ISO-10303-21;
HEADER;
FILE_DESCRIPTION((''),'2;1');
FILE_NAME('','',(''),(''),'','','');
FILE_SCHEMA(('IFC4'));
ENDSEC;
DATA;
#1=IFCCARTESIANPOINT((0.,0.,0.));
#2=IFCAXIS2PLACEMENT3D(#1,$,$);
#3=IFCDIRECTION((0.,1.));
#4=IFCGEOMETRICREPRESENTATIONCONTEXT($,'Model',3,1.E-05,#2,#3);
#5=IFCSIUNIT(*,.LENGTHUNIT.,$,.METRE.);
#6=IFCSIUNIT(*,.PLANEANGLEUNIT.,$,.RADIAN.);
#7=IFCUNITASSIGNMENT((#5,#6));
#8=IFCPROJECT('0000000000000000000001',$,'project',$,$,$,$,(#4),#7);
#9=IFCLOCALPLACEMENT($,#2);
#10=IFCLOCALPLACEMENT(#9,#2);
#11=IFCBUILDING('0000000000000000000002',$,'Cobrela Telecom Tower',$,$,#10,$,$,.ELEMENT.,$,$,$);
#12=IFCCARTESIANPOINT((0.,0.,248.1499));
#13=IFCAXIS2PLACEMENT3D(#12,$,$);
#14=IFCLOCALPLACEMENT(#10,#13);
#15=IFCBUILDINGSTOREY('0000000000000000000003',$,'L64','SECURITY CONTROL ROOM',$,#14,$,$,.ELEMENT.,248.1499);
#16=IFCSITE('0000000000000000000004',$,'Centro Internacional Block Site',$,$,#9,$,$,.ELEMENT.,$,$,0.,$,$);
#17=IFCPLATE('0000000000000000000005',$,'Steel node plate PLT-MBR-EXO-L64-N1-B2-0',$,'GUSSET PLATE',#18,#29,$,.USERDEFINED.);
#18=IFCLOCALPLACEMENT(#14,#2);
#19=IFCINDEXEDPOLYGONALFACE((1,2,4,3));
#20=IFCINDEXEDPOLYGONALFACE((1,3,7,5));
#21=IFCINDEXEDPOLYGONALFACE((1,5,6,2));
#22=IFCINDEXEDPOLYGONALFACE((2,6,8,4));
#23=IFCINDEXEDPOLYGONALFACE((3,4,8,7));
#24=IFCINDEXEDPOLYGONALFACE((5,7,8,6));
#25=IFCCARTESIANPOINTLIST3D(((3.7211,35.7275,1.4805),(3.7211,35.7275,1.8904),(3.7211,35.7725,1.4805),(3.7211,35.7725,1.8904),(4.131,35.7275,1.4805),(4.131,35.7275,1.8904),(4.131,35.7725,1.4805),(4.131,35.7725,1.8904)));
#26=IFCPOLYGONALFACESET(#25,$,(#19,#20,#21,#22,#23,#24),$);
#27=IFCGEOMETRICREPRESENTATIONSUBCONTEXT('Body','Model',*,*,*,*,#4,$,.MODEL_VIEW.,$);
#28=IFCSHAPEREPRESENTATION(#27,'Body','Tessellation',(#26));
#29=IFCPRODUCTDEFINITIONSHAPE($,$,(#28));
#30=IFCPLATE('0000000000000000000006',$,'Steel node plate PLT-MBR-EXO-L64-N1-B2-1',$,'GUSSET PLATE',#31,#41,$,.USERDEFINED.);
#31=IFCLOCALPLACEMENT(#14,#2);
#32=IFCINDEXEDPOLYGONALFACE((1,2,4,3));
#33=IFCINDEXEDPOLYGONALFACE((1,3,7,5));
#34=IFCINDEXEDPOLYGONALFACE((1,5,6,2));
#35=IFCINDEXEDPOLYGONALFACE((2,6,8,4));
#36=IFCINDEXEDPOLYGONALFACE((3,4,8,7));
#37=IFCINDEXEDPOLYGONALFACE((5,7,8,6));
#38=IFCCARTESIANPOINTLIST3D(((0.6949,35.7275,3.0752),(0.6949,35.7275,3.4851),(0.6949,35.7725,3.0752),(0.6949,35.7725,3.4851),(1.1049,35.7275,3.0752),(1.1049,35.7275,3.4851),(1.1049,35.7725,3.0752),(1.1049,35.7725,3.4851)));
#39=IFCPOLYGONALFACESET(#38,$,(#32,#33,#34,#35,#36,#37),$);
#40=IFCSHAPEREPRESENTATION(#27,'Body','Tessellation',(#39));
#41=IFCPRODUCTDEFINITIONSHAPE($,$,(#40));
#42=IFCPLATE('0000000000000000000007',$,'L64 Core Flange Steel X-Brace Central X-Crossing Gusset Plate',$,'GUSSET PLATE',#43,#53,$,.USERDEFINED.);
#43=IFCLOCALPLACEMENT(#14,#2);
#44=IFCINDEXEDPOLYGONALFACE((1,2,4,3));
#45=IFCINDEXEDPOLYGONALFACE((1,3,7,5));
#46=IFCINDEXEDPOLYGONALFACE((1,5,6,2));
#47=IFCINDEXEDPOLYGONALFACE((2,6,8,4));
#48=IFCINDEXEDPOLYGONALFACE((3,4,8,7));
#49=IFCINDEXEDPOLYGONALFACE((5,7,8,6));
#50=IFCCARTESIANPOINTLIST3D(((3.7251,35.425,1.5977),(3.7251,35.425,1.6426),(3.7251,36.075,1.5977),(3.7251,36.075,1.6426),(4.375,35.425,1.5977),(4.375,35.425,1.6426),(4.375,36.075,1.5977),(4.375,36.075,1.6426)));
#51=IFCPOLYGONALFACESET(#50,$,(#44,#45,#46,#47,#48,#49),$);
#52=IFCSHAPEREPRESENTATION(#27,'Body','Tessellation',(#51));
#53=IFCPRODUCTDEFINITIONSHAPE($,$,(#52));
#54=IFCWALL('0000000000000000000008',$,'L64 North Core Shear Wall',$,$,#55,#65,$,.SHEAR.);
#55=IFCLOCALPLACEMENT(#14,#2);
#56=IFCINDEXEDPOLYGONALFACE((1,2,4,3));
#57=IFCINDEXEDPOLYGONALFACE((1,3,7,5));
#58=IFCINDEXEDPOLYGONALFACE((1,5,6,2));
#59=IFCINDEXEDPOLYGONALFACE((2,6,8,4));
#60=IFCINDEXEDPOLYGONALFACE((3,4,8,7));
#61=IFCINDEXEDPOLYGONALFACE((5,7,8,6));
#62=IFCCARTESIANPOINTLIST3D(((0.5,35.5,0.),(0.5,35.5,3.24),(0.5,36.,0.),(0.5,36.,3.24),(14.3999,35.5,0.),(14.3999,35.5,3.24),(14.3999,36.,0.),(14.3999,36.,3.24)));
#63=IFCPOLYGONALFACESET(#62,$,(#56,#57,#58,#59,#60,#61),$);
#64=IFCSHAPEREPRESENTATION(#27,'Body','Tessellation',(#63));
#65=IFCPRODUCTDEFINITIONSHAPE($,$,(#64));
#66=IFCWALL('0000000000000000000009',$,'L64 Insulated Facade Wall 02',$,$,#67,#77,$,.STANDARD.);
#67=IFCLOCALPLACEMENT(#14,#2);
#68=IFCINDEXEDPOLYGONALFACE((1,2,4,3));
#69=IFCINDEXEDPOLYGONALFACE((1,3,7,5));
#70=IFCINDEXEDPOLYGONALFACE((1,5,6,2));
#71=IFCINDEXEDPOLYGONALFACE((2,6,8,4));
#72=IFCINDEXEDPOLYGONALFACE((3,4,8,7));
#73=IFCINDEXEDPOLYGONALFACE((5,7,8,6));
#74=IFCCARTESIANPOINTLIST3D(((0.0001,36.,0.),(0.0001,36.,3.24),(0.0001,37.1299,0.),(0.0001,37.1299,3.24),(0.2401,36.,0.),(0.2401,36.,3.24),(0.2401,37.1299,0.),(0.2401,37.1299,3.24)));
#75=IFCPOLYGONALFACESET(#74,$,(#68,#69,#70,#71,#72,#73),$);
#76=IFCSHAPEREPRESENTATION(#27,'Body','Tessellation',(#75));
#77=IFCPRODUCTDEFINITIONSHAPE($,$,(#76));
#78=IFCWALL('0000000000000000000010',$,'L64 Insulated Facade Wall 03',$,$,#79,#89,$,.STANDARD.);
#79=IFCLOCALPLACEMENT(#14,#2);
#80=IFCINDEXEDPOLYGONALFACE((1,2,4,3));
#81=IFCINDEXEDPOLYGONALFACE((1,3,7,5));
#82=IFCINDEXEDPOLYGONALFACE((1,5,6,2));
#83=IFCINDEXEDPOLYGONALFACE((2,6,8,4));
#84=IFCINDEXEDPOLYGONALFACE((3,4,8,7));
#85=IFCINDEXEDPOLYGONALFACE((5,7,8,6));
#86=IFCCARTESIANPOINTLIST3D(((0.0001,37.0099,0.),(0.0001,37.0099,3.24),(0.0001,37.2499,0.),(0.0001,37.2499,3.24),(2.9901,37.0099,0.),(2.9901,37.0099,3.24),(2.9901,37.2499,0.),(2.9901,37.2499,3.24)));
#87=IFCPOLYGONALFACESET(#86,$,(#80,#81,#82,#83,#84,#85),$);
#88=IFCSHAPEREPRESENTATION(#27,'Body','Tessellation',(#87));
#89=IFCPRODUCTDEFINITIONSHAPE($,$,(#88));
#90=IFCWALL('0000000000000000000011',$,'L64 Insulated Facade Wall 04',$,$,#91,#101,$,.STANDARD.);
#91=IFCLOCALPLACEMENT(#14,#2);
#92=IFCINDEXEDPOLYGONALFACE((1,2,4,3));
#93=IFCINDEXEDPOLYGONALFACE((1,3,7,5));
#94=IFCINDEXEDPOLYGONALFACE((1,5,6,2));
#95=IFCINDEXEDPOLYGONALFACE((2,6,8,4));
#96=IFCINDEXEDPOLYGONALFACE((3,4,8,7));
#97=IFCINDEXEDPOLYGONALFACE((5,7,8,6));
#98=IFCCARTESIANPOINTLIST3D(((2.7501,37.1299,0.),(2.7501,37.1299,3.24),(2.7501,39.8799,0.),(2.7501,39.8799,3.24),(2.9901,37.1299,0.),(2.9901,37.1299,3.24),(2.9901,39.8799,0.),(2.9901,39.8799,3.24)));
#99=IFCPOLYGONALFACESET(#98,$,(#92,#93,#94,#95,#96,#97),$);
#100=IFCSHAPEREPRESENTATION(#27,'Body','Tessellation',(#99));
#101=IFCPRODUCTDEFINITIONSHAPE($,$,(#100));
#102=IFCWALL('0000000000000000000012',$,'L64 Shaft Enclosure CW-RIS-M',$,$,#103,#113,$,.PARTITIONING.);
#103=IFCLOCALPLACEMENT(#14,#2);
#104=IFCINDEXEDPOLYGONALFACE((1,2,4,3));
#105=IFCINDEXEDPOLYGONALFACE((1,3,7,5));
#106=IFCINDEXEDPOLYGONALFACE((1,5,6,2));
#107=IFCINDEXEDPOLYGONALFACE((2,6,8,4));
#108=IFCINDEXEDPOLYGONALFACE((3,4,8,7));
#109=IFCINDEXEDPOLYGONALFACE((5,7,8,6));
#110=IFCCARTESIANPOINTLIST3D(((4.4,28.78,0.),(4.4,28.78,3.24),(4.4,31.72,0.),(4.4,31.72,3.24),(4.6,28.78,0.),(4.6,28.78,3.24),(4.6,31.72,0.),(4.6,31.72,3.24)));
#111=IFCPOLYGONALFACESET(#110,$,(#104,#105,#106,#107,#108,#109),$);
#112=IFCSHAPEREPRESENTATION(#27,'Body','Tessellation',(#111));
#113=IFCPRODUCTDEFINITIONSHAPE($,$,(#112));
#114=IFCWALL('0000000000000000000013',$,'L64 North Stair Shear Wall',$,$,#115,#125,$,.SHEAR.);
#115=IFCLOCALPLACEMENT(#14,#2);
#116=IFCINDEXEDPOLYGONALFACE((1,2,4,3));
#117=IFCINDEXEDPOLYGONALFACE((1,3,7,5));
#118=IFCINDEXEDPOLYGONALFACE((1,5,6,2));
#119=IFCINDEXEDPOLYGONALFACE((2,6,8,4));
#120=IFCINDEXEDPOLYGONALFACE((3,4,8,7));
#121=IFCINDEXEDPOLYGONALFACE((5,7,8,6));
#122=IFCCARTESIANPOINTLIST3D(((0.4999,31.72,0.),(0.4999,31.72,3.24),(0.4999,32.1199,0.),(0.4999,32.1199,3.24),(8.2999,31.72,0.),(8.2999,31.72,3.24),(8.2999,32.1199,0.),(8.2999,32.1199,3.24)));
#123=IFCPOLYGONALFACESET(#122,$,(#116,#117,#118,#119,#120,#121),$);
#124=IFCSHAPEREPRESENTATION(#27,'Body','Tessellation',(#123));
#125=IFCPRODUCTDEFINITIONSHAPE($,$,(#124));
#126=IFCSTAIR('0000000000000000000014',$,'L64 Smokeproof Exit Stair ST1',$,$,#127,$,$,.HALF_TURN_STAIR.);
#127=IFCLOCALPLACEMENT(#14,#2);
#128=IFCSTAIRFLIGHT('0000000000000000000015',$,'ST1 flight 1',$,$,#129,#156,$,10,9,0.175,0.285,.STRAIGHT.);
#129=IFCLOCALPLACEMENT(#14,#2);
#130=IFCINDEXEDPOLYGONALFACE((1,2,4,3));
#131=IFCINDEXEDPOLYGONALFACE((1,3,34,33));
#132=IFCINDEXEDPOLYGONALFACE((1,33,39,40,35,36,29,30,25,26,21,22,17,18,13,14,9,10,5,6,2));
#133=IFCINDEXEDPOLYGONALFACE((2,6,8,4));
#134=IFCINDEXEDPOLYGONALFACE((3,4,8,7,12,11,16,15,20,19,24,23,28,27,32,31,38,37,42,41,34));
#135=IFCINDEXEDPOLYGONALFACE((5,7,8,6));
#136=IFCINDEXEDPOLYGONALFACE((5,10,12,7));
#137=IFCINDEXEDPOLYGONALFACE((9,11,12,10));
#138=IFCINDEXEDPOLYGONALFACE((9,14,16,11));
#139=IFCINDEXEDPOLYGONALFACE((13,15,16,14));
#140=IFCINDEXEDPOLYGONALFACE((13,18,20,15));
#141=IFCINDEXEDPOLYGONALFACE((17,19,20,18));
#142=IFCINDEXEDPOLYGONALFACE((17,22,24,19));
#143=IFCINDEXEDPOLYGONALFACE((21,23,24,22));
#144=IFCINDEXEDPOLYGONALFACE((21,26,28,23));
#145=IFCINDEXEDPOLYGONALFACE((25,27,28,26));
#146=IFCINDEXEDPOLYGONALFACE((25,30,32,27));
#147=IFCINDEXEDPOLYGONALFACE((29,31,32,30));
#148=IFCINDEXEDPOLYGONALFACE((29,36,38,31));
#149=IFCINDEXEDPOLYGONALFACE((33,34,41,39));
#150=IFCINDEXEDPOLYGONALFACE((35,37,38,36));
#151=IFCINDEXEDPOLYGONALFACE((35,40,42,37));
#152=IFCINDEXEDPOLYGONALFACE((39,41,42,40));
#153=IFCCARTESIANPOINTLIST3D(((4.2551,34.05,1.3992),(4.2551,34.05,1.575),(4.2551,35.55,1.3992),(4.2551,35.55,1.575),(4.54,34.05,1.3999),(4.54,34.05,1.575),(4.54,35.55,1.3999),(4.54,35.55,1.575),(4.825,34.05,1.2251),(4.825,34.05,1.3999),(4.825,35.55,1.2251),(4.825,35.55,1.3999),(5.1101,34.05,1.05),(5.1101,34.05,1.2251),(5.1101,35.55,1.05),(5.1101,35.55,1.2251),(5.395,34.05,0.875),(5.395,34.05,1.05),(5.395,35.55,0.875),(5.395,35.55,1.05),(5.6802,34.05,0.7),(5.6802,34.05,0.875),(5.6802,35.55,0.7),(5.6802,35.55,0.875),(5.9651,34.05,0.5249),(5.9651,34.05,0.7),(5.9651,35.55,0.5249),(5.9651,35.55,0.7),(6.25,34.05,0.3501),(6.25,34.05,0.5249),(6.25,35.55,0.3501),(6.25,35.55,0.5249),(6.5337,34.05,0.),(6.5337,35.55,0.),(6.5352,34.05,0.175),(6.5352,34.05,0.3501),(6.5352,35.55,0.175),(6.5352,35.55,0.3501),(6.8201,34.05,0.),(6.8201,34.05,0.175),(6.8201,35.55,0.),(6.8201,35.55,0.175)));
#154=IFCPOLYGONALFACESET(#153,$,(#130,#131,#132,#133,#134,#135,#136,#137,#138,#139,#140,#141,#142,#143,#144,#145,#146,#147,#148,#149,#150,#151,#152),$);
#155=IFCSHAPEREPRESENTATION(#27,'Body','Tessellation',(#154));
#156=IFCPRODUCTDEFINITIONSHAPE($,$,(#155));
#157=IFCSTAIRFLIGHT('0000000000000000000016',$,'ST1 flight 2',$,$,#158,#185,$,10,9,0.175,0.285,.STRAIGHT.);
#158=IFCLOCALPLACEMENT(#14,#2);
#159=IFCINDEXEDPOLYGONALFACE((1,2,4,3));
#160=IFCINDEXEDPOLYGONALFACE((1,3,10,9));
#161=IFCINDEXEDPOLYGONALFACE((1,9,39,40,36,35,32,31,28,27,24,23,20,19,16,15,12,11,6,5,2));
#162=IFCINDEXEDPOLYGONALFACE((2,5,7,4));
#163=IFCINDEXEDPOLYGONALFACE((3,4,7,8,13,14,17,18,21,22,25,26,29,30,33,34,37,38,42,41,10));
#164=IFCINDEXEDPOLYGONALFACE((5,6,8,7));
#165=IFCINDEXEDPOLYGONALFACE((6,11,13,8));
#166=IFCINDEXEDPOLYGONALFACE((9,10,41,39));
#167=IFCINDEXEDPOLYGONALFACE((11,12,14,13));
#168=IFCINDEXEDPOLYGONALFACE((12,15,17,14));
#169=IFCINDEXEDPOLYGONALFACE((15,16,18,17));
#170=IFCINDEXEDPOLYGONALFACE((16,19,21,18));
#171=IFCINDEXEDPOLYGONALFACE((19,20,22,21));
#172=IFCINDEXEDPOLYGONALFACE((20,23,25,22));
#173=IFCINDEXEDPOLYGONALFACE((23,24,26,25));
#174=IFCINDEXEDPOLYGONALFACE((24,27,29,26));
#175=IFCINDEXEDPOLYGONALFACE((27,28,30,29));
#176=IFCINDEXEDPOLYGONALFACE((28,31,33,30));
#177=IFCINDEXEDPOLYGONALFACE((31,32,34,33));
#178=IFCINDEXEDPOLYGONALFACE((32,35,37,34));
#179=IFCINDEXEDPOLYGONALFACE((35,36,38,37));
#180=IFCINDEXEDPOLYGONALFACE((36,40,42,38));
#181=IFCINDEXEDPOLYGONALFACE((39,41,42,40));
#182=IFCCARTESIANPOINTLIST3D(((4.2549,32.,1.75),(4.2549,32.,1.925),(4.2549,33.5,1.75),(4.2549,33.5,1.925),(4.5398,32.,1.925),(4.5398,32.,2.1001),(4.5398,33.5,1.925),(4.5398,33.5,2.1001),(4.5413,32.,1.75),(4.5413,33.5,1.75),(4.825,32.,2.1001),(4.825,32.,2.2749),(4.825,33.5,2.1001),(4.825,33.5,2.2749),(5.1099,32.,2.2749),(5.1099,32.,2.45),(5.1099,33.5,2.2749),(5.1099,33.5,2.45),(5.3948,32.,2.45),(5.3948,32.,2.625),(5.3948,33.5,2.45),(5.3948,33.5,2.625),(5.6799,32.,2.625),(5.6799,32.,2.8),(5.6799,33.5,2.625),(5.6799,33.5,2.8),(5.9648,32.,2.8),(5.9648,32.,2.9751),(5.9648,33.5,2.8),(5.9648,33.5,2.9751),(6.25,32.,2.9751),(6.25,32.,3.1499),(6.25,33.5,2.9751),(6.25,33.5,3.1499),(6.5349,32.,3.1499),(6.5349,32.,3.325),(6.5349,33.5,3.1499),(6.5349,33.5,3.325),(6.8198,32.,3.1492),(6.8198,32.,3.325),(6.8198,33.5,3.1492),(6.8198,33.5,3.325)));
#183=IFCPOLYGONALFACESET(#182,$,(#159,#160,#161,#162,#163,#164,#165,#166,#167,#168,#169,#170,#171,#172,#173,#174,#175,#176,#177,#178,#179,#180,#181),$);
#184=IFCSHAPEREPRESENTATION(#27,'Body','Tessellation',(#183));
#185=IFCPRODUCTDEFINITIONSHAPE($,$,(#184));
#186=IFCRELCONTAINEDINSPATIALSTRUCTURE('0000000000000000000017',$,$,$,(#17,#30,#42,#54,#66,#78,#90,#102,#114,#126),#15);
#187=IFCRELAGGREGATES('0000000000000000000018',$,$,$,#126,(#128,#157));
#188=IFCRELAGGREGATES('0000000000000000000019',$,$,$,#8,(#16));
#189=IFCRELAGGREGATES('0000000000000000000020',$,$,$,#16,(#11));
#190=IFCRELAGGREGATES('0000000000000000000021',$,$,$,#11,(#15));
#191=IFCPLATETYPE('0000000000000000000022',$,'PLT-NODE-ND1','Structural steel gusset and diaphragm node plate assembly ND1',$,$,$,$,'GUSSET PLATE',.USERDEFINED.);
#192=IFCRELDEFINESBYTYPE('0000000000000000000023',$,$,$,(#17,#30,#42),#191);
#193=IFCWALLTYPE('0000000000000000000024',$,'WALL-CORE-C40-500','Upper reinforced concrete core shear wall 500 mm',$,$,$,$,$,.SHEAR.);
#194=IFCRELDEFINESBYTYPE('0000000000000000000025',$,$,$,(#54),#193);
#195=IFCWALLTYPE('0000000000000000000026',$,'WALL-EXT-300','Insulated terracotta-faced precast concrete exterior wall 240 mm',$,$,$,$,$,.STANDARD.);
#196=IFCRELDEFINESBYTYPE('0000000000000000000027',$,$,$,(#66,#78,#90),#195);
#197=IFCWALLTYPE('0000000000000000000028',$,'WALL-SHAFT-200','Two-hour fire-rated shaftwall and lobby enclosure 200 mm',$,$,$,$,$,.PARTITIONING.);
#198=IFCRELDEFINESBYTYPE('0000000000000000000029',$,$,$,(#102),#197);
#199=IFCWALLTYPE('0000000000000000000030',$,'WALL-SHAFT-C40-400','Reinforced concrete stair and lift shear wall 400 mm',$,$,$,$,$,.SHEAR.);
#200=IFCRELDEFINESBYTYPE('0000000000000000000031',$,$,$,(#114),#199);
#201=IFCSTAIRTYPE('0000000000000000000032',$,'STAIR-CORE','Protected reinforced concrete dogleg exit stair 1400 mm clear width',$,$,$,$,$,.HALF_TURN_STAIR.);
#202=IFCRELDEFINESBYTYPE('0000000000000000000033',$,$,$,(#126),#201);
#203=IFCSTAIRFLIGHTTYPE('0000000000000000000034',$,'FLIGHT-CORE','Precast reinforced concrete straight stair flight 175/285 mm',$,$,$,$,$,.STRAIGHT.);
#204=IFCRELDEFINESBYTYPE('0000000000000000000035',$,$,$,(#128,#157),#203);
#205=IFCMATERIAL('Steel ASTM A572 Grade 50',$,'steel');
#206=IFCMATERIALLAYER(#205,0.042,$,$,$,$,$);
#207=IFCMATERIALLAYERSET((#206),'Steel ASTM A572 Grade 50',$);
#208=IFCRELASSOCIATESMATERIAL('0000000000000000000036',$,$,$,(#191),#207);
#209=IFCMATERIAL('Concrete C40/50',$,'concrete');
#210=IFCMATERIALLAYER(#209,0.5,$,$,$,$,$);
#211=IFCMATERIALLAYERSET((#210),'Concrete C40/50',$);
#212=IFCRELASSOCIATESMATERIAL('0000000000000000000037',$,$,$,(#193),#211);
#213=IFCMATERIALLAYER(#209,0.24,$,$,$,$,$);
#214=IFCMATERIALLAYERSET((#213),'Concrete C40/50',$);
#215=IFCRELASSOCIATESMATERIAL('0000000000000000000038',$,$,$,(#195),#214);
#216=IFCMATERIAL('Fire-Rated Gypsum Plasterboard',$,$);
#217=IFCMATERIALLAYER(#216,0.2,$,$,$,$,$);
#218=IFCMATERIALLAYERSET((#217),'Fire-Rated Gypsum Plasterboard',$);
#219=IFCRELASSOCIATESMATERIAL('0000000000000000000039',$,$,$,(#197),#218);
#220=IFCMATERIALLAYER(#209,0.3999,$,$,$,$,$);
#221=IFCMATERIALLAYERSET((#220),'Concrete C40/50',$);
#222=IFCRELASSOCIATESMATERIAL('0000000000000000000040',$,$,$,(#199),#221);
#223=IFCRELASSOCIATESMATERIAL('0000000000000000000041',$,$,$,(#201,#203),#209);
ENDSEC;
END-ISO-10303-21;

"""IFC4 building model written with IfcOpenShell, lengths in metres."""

from ifc_helpers import new_model, si_unit, direction, frame, frame_2d, origin, origin_2d, place, context, subcontext, project, spatial, polyline, rectangle, outline, extrude, material, layer, layer_set, type_object, element, aggregate, save


model = new_model("IFC4")

# Units and contexts
model_context = context("Model", 3, precision=1e-05, world=origin(), true_north=direction((0.0, 1.0)))
body_context = subcontext(model_context, "Body", "Model", "MODEL_VIEW")
ifc_project = project(units=[si_unit("LENGTHUNIT", "METRE"), si_unit("PLANEANGLEUNIT", "RADIAN")], contexts=[model_context])

# Site, building, storey
site_placement = place(None, origin())
site = spatial("IfcSite", under=ifc_project, at=site_placement, Name="Centro Internacional Block Site", CompositionType="ELEMENT", RefElevation=0.0)
building_placement = place(site_placement, origin())
building = spatial("IfcBuilding", under=site, at=building_placement, Name="Cobrela Telecom Tower", CompositionType="ELEMENT")
storey_placement = place(building_placement, frame((0.0, 0.0, 248.1499)))
storey = spatial("IfcBuildingStorey", under=building, at=storey_placement, Name="L64", Description="SECURITY CONTROL ROOM", CompositionType="ELEMENT", Elevation=248.1499)

# Shared definitions
ifc_material_1 = material(Name="Steel ASTM A572 Grade 50", Category="steel")

# Plates
ifc_layer_1 = layer(ifc_material_1, 0.042)
ifc_layer_set_1 = layer_set([ifc_layer_1], Name="Steel ASTM A572 Grade 50")
plate_type_1 = type_object("IfcPlateType", Name="PLT-NODE-ND1", Description="Structural steel gusset and diaphragm node plate assembly ND1", ElementType="GUSSET PLATE", PredefinedType="USERDEFINED", material=ifc_layer_set_1)
for number, where, z_axis, x_axis, name in (
    (1, (3.926, 35.75, 1.4805), (0.0, 0.0, 1.0), (-1.0, 0.0, 0.0), "Steel node plate PLT-MBR-EXO-L64-N1-B2-0"),
    (2, (0.8999, 35.75, 3.0752), (0.0, 0.0, 1.0), (-1.0, 0.0, 0.0), "Steel node plate PLT-MBR-EXO-L64-N1-B2-1"),
):
    element("IfcPlate", number, at=place(storey_placement, frame(where, z_axis=z_axis, x_axis=x_axis)), inside=storey, type_object=plate_type_1, Name=name, ObjectType="GUSSET PLATE", PredefinedType="USERDEFINED", context=body_context, shape_type="SweptSolid", body=[
        extrude(rectangle(XDim=0.4099, YDim=0.0449, at=origin_2d()), origin(), (0.0, 0.0, 1.0), 0.4099),
    ])
plate_1_placement = place(storey_placement, frame((4.05, 35.75, 1.5977), z_axis=(0.0, 0.0, 1.0), x_axis=(1.0, 0.0, 0.0)))
element("IfcPlate", 3, at=plate_1_placement, inside=storey, type_object=plate_type_1, Name="L64 Core Flange Steel X-Brace Central X-Crossing Gusset Plate", ObjectType="GUSSET PLATE", PredefinedType="USERDEFINED", context=body_context, shape_type="SweptSolid", body=[
    extrude(rectangle(XDim=0.6499, YDim=0.6499, at=origin_2d()), origin(), (0.0, 0.0, 1.0), 0.0449),
])

# Walls
ifc_material_2 = material(Name="Concrete C40/50", Category="concrete")
ifc_layer_2 = layer(ifc_material_2, 0.5)
ifc_layer_set_2 = layer_set([ifc_layer_2], Name="Concrete C40/50")
wall_type_1 = type_object("IfcWallType", Name="WALL-CORE-C40-500", Description="Upper reinforced concrete core shear wall 500 mm", PredefinedType="SHEAR", material=ifc_layer_set_2)
wall_1_placement = place(storey_placement, frame((0.5, 35.75, 0.0), z_axis=(0.0, 0.0, 1.0), x_axis=(1.0, 0.0, 0.0)))
element("IfcWall", 4, at=wall_1_placement, inside=storey, type_object=wall_type_1, Name="L64 North Core Shear Wall", PredefinedType="SHEAR", context=body_context, shape_type="SweptSolid", body=[
    extrude(rectangle(XDim=13.8999, YDim=0.5, at=frame_2d((6.95, 0.0))), origin(), (0.0, 0.0, 1.0), 3.24),
])
ifc_layer_3 = layer(ifc_material_2, 0.24)
ifc_layer_set_3 = layer_set([ifc_layer_3], Name="Concrete C40/50")
wall_type_2 = type_object("IfcWallType", Name="WALL-EXT-300", Description="Insulated terracotta-faced precast concrete exterior wall 240 mm", PredefinedType="STANDARD", material=ifc_layer_set_3)
wall_2_placement = place(storey_placement, frame((0.1201, 36.0, 0.0), z_axis=(0.0, 0.0, 1.0), x_axis=(0.0, 1.0, 0.0)))
element("IfcWall", 5, at=wall_2_placement, inside=storey, type_object=wall_type_2, Name="L64 Insulated Facade Wall 02", PredefinedType="STANDARD", context=body_context, shape_type="SweptSolid", body=[
    extrude(rectangle(XDim=1.1299, YDim=0.24, at=frame_2d((0.5649, 0.0))), origin(), (0.0, 0.0, 1.0), 3.24),
])
wall_3_placement = place(storey_placement, frame((0.0, 37.1299, 0.0), z_axis=(0.0, 0.0, 1.0), x_axis=(1.0, 0.0, 0.0)))
element("IfcWall", 6, at=wall_3_placement, inside=storey, type_object=wall_type_2, Name="L64 Insulated Facade Wall 03", PredefinedType="STANDARD", context=body_context, shape_type="SweptSolid", body=[
    extrude(rectangle(XDim=2.99, YDim=0.24, at=frame_2d((1.4951, 0.0))), origin(), (0.0, 0.0, 1.0), 3.24),
])
wall_4_placement = place(storey_placement, frame((2.8701, 37.1299, 0.0), z_axis=(0.0, 0.0, 1.0), x_axis=(0.0, 1.0, 0.0)))
element("IfcWall", 7, at=wall_4_placement, inside=storey, type_object=wall_type_2, Name="L64 Insulated Facade Wall 04", PredefinedType="STANDARD", context=body_context, shape_type="SweptSolid", body=[
    extrude(rectangle(XDim=2.75, YDim=0.24, at=frame_2d((1.375, 0.0))), origin(), (0.0, 0.0, 1.0), 3.24),
])

# Shared definitions
ifc_material_3 = material(Name="Fire-Rated Gypsum Plasterboard")
ifc_layer_4 = layer(ifc_material_3, 0.2)
ifc_layer_set_4 = layer_set([ifc_layer_4], Name="Fire-Rated Gypsum Plasterboard")
wall_type_3 = type_object("IfcWallType", Name="WALL-SHAFT-200", Description="Two-hour fire-rated shaftwall and lobby enclosure 200 mm", PredefinedType="PARTITIONING", material=ifc_layer_set_4)

# Walls
wall_5_placement = place(storey_placement, frame((4.5, 28.78, 0.0), z_axis=(0.0, 0.0, 1.0), x_axis=(0.0, 1.0, 0.0)))
element("IfcWall", 8, at=wall_5_placement, inside=storey, type_object=wall_type_3, Name="L64 Shaft Enclosure CW-RIS-M", PredefinedType="PARTITIONING", context=body_context, shape_type="SweptSolid", body=[
    extrude(rectangle(XDim=2.9399, YDim=0.2, at=frame_2d((1.47, 0.0))), origin(), (0.0, 0.0, 1.0), 3.24),
])
ifc_layer_5 = layer(ifc_material_2, 0.3999)
ifc_layer_set_5 = layer_set([ifc_layer_5], Name="Concrete C40/50")
wall_type_4 = type_object("IfcWallType", Name="WALL-SHAFT-C40-400", Description="Reinforced concrete stair and lift shear wall 400 mm", PredefinedType="SHEAR", material=ifc_layer_set_5)
wall_6_placement = place(storey_placement, frame((0.5, 31.9199, 0.0), z_axis=(0.0, 0.0, 1.0), x_axis=(1.0, 0.0, 0.0)))
element("IfcWall", 9, at=wall_6_placement, inside=storey, type_object=wall_type_4, Name="L64 North Stair Shear Wall", PredefinedType="SHEAR", context=body_context, shape_type="SweptSolid", body=[
    extrude(rectangle(XDim=7.8, YDim=0.3999, at=frame_2d((3.8999, 0.0))), origin(), (0.0, 0.0, 1.0), 3.24),
])

# Stair, stair flights
stair_type = type_object("IfcStairType", Name="STAIR-CORE", Description="Protected reinforced concrete dogleg exit stair 1400 mm clear width", PredefinedType="HALF_TURN_STAIR", material=ifc_material_2)
stair_placement = place(storey_placement, origin())
stair = element("IfcStair", 10, at=stair_placement, inside=storey, type_object=stair_type, Name="L64 Smokeproof Exit Stair ST1", PredefinedType="HALF_TURN_STAIR")
stair_flight_type = type_object("IfcStairFlightType", Name="FLIGHT-CORE", Description="Precast reinforced concrete straight stair flight 175/285 mm", PredefinedType="STRAIGHT", material=ifc_material_2)
stair_flight_1_placement = place(storey_placement, frame((6.8201, 34.8, 0.0), z_axis=(0.0, 0.0, 1.0), x_axis=(-1.0, 0.0, 0.0)))
stair_flight_1 = element("IfcStairFlight", 11, at=stair_flight_1_placement, type_object=stair_flight_type, Name="ST1 flight 1", NumberOfRisers=10, NumberOfTreads=9, PredefinedType="STRAIGHT", RiserHeight=0.175, TreadLength=0.285, context=body_context, shape_type="SweptSolid", body=[
    extrude(outline(polyline([(0.0, 0.0), (0.0, 0.175), (0.2849, 0.175), (0.2849, 0.3501), (0.5701, 0.3501), (0.5701, 0.5249), (0.855, 0.5249), (0.855, 0.7), (1.1399, 0.7), (1.1399, 0.875), (1.425, 0.875), (1.425, 1.05), (1.71, 1.05), (1.71, 1.2251), (1.9951, 1.2251), (1.9951, 1.3999), (2.28, 1.3999), (2.28, 1.575), (2.5649, 1.575), (2.5649, 1.75), (2.5649, 1.3992), (0.2864, 0.0), (0.0, 0.0)])), frame((0.0, 0.75, 0.0), z_axis=(0.0, -1.0, 0.0), x_axis=(1.0, 0.0, 0.0)), (0.0, 0.0, 1.0), 1.5),
])
stair_flight_2_placement = place(storey_placement, frame((4.2549, 32.75, 1.75), z_axis=(0.0, 0.0, 1.0), x_axis=(1.0, 0.0, 0.0)))
stair_flight_2 = element("IfcStairFlight", 12, at=stair_flight_2_placement, type_object=stair_flight_type, Name="ST1 flight 2", NumberOfRisers=10, NumberOfTreads=9, PredefinedType="STRAIGHT", RiserHeight=0.175, TreadLength=0.285, context=body_context, shape_type="SweptSolid", body=[
    extrude(outline(polyline([(0.0, 0.0), (0.0, 0.175), (0.2849, 0.175), (0.2849, 0.3501), (0.5701, 0.3501), (0.5701, 0.5249), (0.855, 0.5249), (0.855, 0.7), (1.1399, 0.7), (1.1399, 0.875), (1.425, 0.875), (1.425, 1.05), (1.71, 1.05), (1.71, 1.2251), (1.9951, 1.2251), (1.9951, 1.3999), (2.28, 1.3999), (2.28, 1.575), (2.5649, 1.575), (2.5649, 1.75), (2.5649, 1.3992), (0.2864, 0.0), (0.0, 0.0)])), frame((0.0, 0.75, 0.0), z_axis=(0.0, -1.0, 0.0), x_axis=(1.0, 0.0, 0.0)), (0.0, 0.0, 1.0), 1.5),
])
aggregate(stair, [stair_flight_1, stair_flight_2])

save(model, "model.ifc")
